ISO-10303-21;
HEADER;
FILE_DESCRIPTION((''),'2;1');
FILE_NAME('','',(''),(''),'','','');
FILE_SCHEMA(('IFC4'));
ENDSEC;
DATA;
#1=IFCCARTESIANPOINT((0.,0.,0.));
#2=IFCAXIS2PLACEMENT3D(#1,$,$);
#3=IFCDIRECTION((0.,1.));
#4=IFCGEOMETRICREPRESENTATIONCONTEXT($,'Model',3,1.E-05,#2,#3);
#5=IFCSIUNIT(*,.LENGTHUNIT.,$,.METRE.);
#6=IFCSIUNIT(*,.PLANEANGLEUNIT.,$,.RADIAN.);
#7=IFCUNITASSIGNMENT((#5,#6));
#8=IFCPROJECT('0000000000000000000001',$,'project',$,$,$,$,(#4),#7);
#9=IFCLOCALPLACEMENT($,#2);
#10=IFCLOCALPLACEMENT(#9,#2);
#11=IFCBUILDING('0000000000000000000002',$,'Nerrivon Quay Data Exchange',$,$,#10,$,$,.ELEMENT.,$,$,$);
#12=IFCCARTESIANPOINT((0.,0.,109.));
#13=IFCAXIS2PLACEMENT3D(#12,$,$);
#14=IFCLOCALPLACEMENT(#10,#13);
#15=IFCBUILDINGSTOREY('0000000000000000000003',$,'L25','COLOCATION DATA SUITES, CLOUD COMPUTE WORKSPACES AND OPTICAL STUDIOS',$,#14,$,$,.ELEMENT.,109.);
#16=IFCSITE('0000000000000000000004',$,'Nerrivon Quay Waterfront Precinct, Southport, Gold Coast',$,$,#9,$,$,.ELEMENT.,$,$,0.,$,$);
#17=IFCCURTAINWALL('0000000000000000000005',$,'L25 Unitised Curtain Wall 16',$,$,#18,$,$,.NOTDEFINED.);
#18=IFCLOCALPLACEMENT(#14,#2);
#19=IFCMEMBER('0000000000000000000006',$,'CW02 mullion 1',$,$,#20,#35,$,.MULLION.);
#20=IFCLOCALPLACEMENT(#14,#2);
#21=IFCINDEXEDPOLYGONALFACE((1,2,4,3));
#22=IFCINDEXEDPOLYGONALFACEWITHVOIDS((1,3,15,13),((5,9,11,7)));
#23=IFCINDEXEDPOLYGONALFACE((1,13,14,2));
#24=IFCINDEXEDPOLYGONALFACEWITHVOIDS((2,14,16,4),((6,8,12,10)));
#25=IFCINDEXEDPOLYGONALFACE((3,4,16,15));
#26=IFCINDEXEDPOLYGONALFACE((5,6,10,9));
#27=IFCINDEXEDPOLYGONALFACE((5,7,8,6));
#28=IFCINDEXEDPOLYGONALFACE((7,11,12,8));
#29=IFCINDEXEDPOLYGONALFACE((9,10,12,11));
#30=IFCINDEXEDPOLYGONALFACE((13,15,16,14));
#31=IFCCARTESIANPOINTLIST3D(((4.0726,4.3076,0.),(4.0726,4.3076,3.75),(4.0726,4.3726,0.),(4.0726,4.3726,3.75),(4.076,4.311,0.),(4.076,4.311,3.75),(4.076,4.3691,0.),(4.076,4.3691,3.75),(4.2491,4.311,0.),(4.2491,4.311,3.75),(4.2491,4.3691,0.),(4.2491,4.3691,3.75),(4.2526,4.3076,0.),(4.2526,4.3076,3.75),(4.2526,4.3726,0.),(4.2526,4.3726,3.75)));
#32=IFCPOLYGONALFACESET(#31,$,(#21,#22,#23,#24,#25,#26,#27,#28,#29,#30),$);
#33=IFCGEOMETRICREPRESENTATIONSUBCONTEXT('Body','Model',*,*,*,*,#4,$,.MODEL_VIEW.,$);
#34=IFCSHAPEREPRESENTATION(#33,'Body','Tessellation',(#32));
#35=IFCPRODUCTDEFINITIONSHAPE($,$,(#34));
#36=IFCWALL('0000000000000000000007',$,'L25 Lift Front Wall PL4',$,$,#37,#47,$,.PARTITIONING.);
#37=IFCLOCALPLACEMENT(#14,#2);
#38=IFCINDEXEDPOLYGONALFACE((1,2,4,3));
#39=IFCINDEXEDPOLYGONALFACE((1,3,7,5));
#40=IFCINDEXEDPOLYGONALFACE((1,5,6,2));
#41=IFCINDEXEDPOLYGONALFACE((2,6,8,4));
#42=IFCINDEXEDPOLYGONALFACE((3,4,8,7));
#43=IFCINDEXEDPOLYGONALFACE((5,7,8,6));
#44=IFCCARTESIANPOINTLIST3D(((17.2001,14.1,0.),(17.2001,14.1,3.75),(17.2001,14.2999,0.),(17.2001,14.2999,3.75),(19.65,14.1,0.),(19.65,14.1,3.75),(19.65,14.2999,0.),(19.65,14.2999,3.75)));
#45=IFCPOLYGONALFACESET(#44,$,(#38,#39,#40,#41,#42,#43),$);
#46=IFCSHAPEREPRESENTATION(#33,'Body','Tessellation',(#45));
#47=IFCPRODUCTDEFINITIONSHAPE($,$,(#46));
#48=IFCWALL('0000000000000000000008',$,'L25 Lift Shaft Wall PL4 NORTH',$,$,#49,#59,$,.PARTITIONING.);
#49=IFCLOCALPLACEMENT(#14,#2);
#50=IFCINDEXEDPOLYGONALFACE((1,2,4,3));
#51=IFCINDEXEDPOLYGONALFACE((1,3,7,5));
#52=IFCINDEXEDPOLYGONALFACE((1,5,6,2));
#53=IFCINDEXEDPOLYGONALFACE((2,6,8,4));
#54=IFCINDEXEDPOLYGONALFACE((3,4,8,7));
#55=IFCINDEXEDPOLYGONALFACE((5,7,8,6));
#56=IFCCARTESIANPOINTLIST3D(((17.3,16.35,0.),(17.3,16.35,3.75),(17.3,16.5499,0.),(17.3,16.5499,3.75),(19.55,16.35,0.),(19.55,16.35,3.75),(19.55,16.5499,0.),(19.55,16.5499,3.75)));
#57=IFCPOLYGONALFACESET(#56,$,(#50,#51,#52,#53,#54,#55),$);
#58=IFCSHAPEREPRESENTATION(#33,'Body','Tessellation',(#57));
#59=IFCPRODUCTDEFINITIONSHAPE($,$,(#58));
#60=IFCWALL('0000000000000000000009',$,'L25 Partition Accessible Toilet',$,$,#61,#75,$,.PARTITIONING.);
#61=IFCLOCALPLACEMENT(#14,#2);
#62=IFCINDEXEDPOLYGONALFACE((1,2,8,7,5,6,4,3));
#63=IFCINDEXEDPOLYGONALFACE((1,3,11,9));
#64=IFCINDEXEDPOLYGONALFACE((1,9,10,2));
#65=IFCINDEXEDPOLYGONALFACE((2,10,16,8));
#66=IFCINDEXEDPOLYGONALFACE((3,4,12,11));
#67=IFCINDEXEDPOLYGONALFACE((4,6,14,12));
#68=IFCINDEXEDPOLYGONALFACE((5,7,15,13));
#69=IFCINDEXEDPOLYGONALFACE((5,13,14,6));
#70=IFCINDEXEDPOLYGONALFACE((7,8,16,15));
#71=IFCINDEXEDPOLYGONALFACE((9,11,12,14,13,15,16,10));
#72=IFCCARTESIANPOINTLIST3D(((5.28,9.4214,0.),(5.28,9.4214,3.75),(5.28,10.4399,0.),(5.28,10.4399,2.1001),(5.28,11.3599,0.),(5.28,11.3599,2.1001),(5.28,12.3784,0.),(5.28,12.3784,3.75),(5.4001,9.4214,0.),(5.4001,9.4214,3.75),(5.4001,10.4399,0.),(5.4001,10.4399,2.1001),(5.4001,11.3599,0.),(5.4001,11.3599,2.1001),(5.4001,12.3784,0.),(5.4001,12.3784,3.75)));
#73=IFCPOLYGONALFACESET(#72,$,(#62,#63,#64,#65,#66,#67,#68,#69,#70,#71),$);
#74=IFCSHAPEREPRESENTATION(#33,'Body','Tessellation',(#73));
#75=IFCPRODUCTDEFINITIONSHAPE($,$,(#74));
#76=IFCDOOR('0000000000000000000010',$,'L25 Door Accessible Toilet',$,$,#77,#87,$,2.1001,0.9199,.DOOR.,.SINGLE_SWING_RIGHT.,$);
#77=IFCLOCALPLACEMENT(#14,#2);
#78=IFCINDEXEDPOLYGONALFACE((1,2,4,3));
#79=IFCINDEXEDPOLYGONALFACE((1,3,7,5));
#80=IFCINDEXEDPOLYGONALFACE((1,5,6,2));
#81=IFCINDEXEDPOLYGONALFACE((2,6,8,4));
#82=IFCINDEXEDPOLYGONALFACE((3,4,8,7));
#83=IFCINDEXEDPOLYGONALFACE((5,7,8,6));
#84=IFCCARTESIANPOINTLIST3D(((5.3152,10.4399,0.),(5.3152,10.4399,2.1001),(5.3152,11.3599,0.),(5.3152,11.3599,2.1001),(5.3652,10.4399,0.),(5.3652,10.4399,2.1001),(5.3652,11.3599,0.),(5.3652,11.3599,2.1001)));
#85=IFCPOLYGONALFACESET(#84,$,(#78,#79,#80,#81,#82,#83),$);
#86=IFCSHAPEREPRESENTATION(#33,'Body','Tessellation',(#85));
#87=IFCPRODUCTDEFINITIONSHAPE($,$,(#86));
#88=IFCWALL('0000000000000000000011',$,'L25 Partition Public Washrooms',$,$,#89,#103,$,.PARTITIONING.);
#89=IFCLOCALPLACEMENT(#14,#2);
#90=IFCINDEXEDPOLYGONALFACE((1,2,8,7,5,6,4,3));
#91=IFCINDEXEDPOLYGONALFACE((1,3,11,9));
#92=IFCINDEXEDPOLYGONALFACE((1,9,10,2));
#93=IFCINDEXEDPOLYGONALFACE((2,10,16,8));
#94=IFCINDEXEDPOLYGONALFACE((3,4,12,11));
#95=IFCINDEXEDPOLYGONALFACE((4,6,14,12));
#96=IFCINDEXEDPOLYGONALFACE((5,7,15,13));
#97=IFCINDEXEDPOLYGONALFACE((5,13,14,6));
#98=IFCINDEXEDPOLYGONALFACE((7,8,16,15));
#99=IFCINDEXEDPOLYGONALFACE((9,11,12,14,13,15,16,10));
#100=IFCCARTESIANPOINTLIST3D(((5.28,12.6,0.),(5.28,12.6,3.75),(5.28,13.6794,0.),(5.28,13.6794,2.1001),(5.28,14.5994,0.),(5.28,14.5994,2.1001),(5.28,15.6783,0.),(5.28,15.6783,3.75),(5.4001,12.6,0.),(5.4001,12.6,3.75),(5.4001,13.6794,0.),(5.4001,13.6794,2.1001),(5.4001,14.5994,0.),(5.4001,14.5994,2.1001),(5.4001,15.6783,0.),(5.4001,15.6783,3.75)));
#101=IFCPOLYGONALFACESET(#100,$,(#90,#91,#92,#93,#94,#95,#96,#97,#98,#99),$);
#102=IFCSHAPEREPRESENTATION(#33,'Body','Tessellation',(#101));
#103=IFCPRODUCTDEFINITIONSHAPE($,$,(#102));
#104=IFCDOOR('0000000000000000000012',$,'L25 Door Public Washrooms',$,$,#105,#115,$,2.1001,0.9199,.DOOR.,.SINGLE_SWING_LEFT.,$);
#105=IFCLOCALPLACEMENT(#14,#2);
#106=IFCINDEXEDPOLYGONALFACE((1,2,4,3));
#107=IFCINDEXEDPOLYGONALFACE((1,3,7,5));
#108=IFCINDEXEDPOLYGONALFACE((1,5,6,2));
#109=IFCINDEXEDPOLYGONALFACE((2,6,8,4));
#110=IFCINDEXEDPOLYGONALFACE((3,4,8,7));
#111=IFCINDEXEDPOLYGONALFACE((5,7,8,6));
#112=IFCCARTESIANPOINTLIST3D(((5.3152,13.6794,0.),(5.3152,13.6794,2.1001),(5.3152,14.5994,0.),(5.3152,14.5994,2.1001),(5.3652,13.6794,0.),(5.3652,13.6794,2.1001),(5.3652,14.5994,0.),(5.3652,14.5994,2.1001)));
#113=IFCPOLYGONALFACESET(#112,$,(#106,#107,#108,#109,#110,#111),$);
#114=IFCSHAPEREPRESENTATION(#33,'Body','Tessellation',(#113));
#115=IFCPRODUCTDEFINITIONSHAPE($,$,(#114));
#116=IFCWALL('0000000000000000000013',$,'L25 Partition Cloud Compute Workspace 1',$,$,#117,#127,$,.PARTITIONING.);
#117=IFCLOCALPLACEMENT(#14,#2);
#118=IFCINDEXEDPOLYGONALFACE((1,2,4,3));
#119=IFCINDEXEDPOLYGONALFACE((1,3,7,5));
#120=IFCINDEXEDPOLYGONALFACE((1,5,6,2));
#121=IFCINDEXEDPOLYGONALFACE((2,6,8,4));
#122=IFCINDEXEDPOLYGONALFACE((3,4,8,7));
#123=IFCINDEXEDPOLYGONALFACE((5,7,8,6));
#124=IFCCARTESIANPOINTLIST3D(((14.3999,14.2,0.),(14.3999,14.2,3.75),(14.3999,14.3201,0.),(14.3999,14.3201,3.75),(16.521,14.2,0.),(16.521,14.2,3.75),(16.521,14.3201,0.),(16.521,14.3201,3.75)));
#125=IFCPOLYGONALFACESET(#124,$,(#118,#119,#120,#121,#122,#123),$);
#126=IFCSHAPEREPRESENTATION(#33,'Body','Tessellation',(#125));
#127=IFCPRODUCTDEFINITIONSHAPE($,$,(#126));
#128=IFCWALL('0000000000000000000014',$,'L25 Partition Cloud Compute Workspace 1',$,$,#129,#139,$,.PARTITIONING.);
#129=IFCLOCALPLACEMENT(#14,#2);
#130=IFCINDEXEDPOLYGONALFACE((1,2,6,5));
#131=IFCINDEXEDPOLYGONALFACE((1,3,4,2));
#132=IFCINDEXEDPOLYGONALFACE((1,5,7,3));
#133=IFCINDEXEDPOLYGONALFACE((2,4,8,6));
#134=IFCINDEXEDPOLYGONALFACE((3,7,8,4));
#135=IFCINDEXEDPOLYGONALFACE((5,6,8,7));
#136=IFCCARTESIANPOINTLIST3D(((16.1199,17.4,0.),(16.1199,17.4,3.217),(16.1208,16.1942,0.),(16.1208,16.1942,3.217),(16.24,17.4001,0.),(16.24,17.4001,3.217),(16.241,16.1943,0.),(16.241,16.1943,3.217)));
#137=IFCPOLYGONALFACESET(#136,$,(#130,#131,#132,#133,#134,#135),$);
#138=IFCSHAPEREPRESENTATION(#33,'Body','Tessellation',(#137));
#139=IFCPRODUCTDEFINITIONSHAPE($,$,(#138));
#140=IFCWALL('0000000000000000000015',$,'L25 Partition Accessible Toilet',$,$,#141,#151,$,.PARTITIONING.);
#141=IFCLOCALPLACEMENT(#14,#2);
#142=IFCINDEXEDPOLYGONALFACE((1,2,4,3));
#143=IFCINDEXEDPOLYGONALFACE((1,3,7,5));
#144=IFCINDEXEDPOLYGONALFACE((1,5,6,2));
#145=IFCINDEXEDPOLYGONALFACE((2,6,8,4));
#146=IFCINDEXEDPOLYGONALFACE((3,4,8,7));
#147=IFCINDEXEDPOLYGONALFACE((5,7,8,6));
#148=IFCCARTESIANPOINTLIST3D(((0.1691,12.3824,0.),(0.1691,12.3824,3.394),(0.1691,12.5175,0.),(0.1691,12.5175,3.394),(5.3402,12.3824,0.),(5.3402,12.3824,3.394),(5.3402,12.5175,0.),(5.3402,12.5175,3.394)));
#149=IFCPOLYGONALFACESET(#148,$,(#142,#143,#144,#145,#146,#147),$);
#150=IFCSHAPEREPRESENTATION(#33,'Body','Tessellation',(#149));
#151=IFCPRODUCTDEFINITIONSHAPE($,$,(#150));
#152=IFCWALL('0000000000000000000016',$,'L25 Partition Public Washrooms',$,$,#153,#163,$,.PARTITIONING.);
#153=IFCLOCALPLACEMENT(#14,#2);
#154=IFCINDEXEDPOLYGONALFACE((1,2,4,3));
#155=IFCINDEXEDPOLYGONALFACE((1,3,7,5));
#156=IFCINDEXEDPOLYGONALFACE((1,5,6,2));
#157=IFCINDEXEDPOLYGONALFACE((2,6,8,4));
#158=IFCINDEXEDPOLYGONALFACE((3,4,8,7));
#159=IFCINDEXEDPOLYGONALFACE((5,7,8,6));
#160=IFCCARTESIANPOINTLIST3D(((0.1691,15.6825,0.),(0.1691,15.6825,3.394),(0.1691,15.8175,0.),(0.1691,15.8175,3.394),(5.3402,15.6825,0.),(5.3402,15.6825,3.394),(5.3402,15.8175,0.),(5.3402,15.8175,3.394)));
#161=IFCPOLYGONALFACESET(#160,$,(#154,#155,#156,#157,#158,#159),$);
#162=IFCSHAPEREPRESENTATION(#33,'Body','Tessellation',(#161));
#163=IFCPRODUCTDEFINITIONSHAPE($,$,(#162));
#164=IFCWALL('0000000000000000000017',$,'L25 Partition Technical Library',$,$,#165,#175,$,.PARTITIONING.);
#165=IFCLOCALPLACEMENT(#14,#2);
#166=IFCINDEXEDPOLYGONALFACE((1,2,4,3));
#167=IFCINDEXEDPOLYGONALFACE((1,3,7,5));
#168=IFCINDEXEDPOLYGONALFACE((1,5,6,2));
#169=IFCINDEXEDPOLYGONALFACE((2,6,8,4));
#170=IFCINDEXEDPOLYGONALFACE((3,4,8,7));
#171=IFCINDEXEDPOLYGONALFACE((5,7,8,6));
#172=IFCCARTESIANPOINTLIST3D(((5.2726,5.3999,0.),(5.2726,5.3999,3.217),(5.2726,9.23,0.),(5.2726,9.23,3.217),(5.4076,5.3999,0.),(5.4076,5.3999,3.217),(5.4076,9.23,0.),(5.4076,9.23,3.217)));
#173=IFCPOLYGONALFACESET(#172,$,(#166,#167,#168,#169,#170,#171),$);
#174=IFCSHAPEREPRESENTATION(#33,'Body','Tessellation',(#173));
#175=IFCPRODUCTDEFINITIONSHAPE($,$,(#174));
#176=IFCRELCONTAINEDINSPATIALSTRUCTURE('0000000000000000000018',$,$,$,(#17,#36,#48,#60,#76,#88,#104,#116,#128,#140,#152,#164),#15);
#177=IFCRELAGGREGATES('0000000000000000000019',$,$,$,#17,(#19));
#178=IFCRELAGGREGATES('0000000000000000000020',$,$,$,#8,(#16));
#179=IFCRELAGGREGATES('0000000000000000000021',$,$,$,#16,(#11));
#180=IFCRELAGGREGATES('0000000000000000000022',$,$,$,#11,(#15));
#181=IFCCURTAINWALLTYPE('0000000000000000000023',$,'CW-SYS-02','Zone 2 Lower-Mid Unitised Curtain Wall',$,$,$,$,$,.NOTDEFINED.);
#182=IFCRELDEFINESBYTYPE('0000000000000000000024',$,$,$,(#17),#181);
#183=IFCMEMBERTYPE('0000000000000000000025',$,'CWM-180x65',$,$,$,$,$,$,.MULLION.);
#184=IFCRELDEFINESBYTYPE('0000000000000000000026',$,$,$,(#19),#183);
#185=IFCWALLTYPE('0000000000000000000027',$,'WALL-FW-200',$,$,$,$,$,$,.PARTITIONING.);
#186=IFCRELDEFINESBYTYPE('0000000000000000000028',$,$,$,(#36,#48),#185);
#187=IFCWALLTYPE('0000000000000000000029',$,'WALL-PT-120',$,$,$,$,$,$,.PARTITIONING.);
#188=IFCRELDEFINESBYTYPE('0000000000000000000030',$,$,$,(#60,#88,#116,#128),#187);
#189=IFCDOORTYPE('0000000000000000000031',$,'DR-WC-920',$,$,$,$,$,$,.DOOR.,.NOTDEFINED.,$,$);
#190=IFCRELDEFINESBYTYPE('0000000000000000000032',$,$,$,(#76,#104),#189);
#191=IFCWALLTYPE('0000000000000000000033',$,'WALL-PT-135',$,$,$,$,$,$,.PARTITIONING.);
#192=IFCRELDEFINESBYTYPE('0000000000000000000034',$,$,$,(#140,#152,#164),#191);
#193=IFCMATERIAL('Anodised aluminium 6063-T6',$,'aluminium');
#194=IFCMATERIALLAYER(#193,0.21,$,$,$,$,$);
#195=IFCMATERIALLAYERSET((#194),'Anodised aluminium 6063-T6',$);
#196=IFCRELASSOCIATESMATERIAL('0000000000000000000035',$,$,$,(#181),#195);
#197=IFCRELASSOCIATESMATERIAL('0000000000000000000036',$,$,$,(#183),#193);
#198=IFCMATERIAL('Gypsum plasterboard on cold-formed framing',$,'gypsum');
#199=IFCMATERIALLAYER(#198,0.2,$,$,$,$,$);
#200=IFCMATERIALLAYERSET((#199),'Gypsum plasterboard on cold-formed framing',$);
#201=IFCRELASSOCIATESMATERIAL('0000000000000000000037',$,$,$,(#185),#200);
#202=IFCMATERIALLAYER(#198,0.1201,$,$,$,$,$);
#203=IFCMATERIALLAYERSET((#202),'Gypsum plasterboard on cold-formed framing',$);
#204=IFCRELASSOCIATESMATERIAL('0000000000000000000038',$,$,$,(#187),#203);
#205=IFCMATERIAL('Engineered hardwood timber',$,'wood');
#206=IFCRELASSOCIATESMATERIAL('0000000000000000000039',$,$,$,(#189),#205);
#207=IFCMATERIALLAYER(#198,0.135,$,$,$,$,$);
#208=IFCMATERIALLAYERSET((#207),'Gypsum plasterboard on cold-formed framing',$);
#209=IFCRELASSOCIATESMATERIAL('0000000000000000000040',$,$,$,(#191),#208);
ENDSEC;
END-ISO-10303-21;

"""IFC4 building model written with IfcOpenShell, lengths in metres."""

from ifc_helpers import new_model, si_unit, direction, frame, frame_2d, origin, origin_2d, place, context, subcontext, project, spatial, rectangle, hollow_rectangle, extrude, material, layer, layer_set, material_profile, profile_set, type_object, element, fill, aggregate, save


model = new_model("IFC4")

# Units and contexts
model_context = context("Model", 3, precision=1e-05, world=origin(), true_north=direction((0.0, 1.0)))
body_context = subcontext(model_context, "Body", "Model", "MODEL_VIEW")
ifc_project = project(units=[si_unit("LENGTHUNIT", "METRE"), si_unit("PLANEANGLEUNIT", "RADIAN")], contexts=[model_context])

# Site, building, storey
site_placement = place(None, origin())
site = spatial("IfcSite", under=ifc_project, at=site_placement, Name="Nerrivon Quay Waterfront Precinct, Southport, Gold Coast", CompositionType="ELEMENT", RefElevation=0.0)
building_placement = place(site_placement, origin())
building = spatial("IfcBuilding", under=site, at=building_placement, Name="Nerrivon Quay Data Exchange", CompositionType="ELEMENT")
storey_placement = place(building_placement, frame((0.0, 0.0, 109.0)))
storey = spatial("IfcBuildingStorey", under=building, at=storey_placement, Name="L25", Description="COLOCATION DATA SUITES, CLOUD COMPUTE WORKSPACES AND OPTICAL STUDIOS", CompositionType="ELEMENT", Elevation=109.0)

# Curtain wall, member
ifc_material_1 = material(Name="Anodised aluminium 6063-T6", Category="aluminium")
ifc_layer_1 = layer(ifc_material_1, 0.21)
ifc_layer_set_1 = layer_set([ifc_layer_1], Name="Anodised aluminium 6063-T6")
curtain_wall_type = type_object("IfcCurtainWallType", Name="CW-SYS-02", Description="Zone 2 Lower-Mid Unitised Curtain Wall", PredefinedType="NOTDEFINED", material=ifc_layer_set_1)
curtain_wall_placement = place(storey_placement, origin())
curtain_wall = element("IfcCurtainWall", 1, at=curtain_wall_placement, inside=storey, type_object=curtain_wall_type, Name="L25 Unitised Curtain Wall 16", PredefinedType="NOTDEFINED")
ifc_material_profile_1 = material_profile(ifc_material_1, hollow_rectangle(XDim=0.0649, YDim=0.1799, WallThickness=0.0034, at=origin_2d()), Name="ALU-MULL-180x65")
ifc_profile_set_1 = profile_set([ifc_material_profile_1], Name="Anodised aluminium 6063-T6")
member_type = type_object("IfcMemberType", Name="CWM-180x65", PredefinedType="MULLION", material=ifc_profile_set_1)
member_placement = place(storey_placement, frame((4.1626, 4.3401, 0.0), z_axis=(0.0, 0.0, 1.0), x_axis=(0.0, -1.0, 0.0)))
member = element("IfcMember", 2, at=member_placement, type_object=member_type, Name="CW02 mullion 1", PredefinedType="MULLION", context=body_context, shape_type="SweptSolid", body=[
    extrude(hollow_rectangle(XDim=0.0649, YDim=0.1799, WallThickness=0.0034, at=origin_2d()), origin(), (0.0, 0.0, 1.0), 3.75),
])
aggregate(curtain_wall, [member])

# Walls
ifc_material_2 = material(Name="Gypsum plasterboard on cold-formed framing", Category="gypsum")
ifc_layer_2 = layer(ifc_material_2, 0.2)
ifc_layer_set_2 = layer_set([ifc_layer_2], Name="Gypsum plasterboard on cold-formed framing")
wall_type_1 = type_object("IfcWallType", Name="WALL-FW-200", PredefinedType="PARTITIONING", material=ifc_layer_set_2)
wall_1_placement = place(storey_placement, frame((17.2, 14.2, 0.0), z_axis=(0.0, 0.0, 1.0), x_axis=(1.0, 0.0, 0.0)))
element("IfcWall", 3, at=wall_1_placement, inside=storey, type_object=wall_type_1, Name="L25 Lift Front Wall PL4", PredefinedType="PARTITIONING", context=body_context, shape_type="SweptSolid", body=[
    extrude(rectangle(XDim=2.45, YDim=0.2, at=frame_2d((1.2251, 0.0))), origin(), (0.0, 0.0, 1.0), 3.75),
])
wall_2_placement = place(storey_placement, frame((17.3, 16.45, 0.0), z_axis=(0.0, 0.0, 1.0), x_axis=(1.0, 0.0, 0.0)))
element("IfcWall", 4, at=wall_2_placement, inside=storey, type_object=wall_type_1, Name="L25 Lift Shaft Wall PL4 NORTH", PredefinedType="PARTITIONING", context=body_context, shape_type="SweptSolid", body=[
    extrude(rectangle(XDim=2.25, YDim=0.2, at=frame_2d((1.125, 0.0))), origin(), (0.0, 0.0, 1.0), 3.75),
])

# Walls, openings, doors
ifc_layer_3 = layer(ifc_material_2, 0.1201)
ifc_layer_set_3 = layer_set([ifc_layer_3], Name="Gypsum plasterboard on cold-formed framing")
wall_type_2 = type_object("IfcWallType", Name="WALL-PT-120", PredefinedType="PARTITIONING", material=ifc_layer_set_3)
wall_3_placement = place(storey_placement, frame((5.3401, 9.4214, 0.0), z_axis=(0.0, 0.0, 1.0), x_axis=(0.0, 1.0, 0.0)))
wall_3 = element("IfcWall", 5, at=wall_3_placement, inside=storey, type_object=wall_type_2, Name="L25 Partition Accessible Toilet", PredefinedType="PARTITIONING", context=body_context, shape_type="SweptSolid", body=[
    extrude(rectangle(XDim=2.957, YDim=0.1201, at=frame_2d((1.4785, 0.0))), origin(), (0.0, 0.0, 1.0), 3.75),
])
opening_1_placement = place(wall_3_placement, frame((1.0186, 0.0, 0.0)))
opening_1 = element("IfcOpeningElement", 6, at=opening_1_placement, cuts=wall_3, PredefinedType="OPENING", context=body_context, shape_type="SweptSolid", body=[
    extrude(rectangle(XDim=0.9199, YDim=2.1001, at=frame_2d((0.46, 1.05))), frame((0.0, 0.0701, 0.0), z_axis=(0.0, -1.0, 0.0), x_axis=(1.0, 0.0, 0.0)), (0.0, 0.0, 1.0), 0.1401),
])
ifc_material_3 = material(Name="Engineered hardwood timber", Category="wood")
door_type_1 = type_object("IfcDoorType", Name="DR-WC-920", OperationType="NOTDEFINED", PredefinedType="DOOR", material=ifc_material_3)
door_1_placement = place(opening_1_placement, origin())
door_1 = element("IfcDoor", 7, at=door_1_placement, inside=storey, type_object=door_type_1, Name="L25 Door Accessible Toilet", OperationType="SINGLE_SWING_RIGHT", OverallHeight=2.1001, OverallWidth=0.9199, PredefinedType="DOOR", context=body_context, shape_type="SweptSolid", body=[
    extrude(rectangle(XDim=0.9199, YDim=2.1001, at=frame_2d((0.46, 1.05))), frame((0.0, 0.0249, 0.0), z_axis=(0.0, -1.0, 0.0), x_axis=(1.0, 0.0, 0.0)), (0.0, 0.0, 1.0), 0.05),
])
fill(opening_1, door_1)
wall_4_placement = place(storey_placement, frame((5.3401, 12.6001, 0.0), z_axis=(0.0, 0.0, 1.0), x_axis=(0.0, 1.0, 0.0)))
wall_4 = element("IfcWall", 8, at=wall_4_placement, inside=storey, type_object=wall_type_2, Name="L25 Partition Public Washrooms", PredefinedType="PARTITIONING", context=body_context, shape_type="SweptSolid", body=[
    extrude(rectangle(XDim=3.0784, YDim=0.1201, at=frame_2d((1.5391, 0.0))), origin(), (0.0, 0.0, 1.0), 3.75),
])
opening_2_placement = place(wall_4_placement, frame((1.0793, 0.0, 0.0)))
opening_2 = element("IfcOpeningElement", 9, at=opening_2_placement, cuts=wall_4, PredefinedType="OPENING", context=body_context, shape_type="SweptSolid", body=[
    extrude(rectangle(XDim=0.9199, YDim=2.1001, at=frame_2d((0.46, 1.05))), frame((0.0, 0.0701, 0.0), z_axis=(0.0, -1.0, 0.0), x_axis=(1.0, 0.0, 0.0)), (0.0, 0.0, 1.0), 0.1401),
])
door_2_placement = place(opening_2_placement, origin())
door_2 = element("IfcDoor", 10, at=door_2_placement, inside=storey, type_object=door_type_1, Name="L25 Door Public Washrooms", OperationType="SINGLE_SWING_LEFT", OverallHeight=2.1001, OverallWidth=0.9199, PredefinedType="DOOR", context=body_context, shape_type="SweptSolid", body=[
    extrude(rectangle(XDim=0.9199, YDim=2.1001, at=frame_2d((0.46, 1.05))), frame((0.0, 0.0249, 0.0), z_axis=(0.0, -1.0, 0.0), x_axis=(1.0, 0.0, 0.0)), (0.0, 0.0, 1.0), 0.05),
])
fill(opening_2, door_2)

# Walls
wall_5_placement = place(storey_placement, frame((14.3999, 14.26, 0.0), z_axis=(0.0, 0.0, 1.0), x_axis=(1.0, 0.0, 0.0)))
element("IfcWall", 11, at=wall_5_placement, inside=storey, type_object=wall_type_2, Name="L25 Partition Cloud Compute Workspace 1", PredefinedType="PARTITIONING", context=body_context, shape_type="SweptSolid", body=[
    extrude(rectangle(XDim=2.1211, YDim=0.1201, at=frame_2d((1.0605, 0.0))), origin(), (0.0, 0.0, 1.0), 3.75),
])
wall_6_placement = place(storey_placement, frame((16.1809, 16.1941, 0.0), z_axis=(0.0, 0.0, 1.0), x_axis=(-0.00081, 1.0, 0.0)))
element("IfcWall", 12, at=wall_6_placement, inside=storey, type_object=wall_type_2, Name="L25 Partition Cloud Compute Workspace 1", PredefinedType="PARTITIONING", context=body_context, shape_type="SweptSolid", body=[
    extrude(rectangle(XDim=1.2058, YDim=0.1201, at=frame_2d((0.603, 0.0))), origin(), (0.0, 0.0, 1.0), 3.217),
])
ifc_layer_4 = layer(ifc_material_2, 0.135)
ifc_layer_set_4 = layer_set([ifc_layer_4], Name="Gypsum plasterboard on cold-formed framing")
wall_type_3 = type_object("IfcWallType", Name="WALL-PT-135", PredefinedType="PARTITIONING", material=ifc_layer_set_4)
for number, where, z_axis, x_axis, name in (
    (13, (5.3401, 12.45, 0.0), (0.0, 0.0, 1.0), (-1.0, 0.0, 0.0), "L25 Partition Accessible Toilet"),
    (14, (5.3401, 15.75, 0.0), (0.0, 0.0, 1.0), (-1.0, 0.0, 0.0), "L25 Partition Public Washrooms"),
):
    element("IfcWall", number, at=place(storey_placement, frame(where, z_axis=z_axis, x_axis=x_axis)), inside=storey, type_object=wall_type_3, Name=name, PredefinedType="PARTITIONING", context=body_context, shape_type="SweptSolid", body=[
        extrude(rectangle(XDim=5.1711, YDim=0.135, at=frame_2d((2.5854, 0.0))), origin(), (0.0, 0.0, 1.0), 3.394),
    ])
wall_7_placement = place(storey_placement, frame((5.3401, 5.3999, 0.0), z_axis=(0.0, 0.0, 1.0), x_axis=(0.0, 1.0, 0.0)))
element("IfcWall", 15, at=wall_7_placement, inside=storey, type_object=wall_type_3, Name="L25 Partition Technical Library", PredefinedType="PARTITIONING", context=body_context, shape_type="SweptSolid", body=[
    extrude(rectangle(XDim=3.8301, YDim=0.135, at=frame_2d((1.915, 0.0))), origin(), (0.0, 0.0, 1.0), 3.217),
])

save(model, "model.ifc")
